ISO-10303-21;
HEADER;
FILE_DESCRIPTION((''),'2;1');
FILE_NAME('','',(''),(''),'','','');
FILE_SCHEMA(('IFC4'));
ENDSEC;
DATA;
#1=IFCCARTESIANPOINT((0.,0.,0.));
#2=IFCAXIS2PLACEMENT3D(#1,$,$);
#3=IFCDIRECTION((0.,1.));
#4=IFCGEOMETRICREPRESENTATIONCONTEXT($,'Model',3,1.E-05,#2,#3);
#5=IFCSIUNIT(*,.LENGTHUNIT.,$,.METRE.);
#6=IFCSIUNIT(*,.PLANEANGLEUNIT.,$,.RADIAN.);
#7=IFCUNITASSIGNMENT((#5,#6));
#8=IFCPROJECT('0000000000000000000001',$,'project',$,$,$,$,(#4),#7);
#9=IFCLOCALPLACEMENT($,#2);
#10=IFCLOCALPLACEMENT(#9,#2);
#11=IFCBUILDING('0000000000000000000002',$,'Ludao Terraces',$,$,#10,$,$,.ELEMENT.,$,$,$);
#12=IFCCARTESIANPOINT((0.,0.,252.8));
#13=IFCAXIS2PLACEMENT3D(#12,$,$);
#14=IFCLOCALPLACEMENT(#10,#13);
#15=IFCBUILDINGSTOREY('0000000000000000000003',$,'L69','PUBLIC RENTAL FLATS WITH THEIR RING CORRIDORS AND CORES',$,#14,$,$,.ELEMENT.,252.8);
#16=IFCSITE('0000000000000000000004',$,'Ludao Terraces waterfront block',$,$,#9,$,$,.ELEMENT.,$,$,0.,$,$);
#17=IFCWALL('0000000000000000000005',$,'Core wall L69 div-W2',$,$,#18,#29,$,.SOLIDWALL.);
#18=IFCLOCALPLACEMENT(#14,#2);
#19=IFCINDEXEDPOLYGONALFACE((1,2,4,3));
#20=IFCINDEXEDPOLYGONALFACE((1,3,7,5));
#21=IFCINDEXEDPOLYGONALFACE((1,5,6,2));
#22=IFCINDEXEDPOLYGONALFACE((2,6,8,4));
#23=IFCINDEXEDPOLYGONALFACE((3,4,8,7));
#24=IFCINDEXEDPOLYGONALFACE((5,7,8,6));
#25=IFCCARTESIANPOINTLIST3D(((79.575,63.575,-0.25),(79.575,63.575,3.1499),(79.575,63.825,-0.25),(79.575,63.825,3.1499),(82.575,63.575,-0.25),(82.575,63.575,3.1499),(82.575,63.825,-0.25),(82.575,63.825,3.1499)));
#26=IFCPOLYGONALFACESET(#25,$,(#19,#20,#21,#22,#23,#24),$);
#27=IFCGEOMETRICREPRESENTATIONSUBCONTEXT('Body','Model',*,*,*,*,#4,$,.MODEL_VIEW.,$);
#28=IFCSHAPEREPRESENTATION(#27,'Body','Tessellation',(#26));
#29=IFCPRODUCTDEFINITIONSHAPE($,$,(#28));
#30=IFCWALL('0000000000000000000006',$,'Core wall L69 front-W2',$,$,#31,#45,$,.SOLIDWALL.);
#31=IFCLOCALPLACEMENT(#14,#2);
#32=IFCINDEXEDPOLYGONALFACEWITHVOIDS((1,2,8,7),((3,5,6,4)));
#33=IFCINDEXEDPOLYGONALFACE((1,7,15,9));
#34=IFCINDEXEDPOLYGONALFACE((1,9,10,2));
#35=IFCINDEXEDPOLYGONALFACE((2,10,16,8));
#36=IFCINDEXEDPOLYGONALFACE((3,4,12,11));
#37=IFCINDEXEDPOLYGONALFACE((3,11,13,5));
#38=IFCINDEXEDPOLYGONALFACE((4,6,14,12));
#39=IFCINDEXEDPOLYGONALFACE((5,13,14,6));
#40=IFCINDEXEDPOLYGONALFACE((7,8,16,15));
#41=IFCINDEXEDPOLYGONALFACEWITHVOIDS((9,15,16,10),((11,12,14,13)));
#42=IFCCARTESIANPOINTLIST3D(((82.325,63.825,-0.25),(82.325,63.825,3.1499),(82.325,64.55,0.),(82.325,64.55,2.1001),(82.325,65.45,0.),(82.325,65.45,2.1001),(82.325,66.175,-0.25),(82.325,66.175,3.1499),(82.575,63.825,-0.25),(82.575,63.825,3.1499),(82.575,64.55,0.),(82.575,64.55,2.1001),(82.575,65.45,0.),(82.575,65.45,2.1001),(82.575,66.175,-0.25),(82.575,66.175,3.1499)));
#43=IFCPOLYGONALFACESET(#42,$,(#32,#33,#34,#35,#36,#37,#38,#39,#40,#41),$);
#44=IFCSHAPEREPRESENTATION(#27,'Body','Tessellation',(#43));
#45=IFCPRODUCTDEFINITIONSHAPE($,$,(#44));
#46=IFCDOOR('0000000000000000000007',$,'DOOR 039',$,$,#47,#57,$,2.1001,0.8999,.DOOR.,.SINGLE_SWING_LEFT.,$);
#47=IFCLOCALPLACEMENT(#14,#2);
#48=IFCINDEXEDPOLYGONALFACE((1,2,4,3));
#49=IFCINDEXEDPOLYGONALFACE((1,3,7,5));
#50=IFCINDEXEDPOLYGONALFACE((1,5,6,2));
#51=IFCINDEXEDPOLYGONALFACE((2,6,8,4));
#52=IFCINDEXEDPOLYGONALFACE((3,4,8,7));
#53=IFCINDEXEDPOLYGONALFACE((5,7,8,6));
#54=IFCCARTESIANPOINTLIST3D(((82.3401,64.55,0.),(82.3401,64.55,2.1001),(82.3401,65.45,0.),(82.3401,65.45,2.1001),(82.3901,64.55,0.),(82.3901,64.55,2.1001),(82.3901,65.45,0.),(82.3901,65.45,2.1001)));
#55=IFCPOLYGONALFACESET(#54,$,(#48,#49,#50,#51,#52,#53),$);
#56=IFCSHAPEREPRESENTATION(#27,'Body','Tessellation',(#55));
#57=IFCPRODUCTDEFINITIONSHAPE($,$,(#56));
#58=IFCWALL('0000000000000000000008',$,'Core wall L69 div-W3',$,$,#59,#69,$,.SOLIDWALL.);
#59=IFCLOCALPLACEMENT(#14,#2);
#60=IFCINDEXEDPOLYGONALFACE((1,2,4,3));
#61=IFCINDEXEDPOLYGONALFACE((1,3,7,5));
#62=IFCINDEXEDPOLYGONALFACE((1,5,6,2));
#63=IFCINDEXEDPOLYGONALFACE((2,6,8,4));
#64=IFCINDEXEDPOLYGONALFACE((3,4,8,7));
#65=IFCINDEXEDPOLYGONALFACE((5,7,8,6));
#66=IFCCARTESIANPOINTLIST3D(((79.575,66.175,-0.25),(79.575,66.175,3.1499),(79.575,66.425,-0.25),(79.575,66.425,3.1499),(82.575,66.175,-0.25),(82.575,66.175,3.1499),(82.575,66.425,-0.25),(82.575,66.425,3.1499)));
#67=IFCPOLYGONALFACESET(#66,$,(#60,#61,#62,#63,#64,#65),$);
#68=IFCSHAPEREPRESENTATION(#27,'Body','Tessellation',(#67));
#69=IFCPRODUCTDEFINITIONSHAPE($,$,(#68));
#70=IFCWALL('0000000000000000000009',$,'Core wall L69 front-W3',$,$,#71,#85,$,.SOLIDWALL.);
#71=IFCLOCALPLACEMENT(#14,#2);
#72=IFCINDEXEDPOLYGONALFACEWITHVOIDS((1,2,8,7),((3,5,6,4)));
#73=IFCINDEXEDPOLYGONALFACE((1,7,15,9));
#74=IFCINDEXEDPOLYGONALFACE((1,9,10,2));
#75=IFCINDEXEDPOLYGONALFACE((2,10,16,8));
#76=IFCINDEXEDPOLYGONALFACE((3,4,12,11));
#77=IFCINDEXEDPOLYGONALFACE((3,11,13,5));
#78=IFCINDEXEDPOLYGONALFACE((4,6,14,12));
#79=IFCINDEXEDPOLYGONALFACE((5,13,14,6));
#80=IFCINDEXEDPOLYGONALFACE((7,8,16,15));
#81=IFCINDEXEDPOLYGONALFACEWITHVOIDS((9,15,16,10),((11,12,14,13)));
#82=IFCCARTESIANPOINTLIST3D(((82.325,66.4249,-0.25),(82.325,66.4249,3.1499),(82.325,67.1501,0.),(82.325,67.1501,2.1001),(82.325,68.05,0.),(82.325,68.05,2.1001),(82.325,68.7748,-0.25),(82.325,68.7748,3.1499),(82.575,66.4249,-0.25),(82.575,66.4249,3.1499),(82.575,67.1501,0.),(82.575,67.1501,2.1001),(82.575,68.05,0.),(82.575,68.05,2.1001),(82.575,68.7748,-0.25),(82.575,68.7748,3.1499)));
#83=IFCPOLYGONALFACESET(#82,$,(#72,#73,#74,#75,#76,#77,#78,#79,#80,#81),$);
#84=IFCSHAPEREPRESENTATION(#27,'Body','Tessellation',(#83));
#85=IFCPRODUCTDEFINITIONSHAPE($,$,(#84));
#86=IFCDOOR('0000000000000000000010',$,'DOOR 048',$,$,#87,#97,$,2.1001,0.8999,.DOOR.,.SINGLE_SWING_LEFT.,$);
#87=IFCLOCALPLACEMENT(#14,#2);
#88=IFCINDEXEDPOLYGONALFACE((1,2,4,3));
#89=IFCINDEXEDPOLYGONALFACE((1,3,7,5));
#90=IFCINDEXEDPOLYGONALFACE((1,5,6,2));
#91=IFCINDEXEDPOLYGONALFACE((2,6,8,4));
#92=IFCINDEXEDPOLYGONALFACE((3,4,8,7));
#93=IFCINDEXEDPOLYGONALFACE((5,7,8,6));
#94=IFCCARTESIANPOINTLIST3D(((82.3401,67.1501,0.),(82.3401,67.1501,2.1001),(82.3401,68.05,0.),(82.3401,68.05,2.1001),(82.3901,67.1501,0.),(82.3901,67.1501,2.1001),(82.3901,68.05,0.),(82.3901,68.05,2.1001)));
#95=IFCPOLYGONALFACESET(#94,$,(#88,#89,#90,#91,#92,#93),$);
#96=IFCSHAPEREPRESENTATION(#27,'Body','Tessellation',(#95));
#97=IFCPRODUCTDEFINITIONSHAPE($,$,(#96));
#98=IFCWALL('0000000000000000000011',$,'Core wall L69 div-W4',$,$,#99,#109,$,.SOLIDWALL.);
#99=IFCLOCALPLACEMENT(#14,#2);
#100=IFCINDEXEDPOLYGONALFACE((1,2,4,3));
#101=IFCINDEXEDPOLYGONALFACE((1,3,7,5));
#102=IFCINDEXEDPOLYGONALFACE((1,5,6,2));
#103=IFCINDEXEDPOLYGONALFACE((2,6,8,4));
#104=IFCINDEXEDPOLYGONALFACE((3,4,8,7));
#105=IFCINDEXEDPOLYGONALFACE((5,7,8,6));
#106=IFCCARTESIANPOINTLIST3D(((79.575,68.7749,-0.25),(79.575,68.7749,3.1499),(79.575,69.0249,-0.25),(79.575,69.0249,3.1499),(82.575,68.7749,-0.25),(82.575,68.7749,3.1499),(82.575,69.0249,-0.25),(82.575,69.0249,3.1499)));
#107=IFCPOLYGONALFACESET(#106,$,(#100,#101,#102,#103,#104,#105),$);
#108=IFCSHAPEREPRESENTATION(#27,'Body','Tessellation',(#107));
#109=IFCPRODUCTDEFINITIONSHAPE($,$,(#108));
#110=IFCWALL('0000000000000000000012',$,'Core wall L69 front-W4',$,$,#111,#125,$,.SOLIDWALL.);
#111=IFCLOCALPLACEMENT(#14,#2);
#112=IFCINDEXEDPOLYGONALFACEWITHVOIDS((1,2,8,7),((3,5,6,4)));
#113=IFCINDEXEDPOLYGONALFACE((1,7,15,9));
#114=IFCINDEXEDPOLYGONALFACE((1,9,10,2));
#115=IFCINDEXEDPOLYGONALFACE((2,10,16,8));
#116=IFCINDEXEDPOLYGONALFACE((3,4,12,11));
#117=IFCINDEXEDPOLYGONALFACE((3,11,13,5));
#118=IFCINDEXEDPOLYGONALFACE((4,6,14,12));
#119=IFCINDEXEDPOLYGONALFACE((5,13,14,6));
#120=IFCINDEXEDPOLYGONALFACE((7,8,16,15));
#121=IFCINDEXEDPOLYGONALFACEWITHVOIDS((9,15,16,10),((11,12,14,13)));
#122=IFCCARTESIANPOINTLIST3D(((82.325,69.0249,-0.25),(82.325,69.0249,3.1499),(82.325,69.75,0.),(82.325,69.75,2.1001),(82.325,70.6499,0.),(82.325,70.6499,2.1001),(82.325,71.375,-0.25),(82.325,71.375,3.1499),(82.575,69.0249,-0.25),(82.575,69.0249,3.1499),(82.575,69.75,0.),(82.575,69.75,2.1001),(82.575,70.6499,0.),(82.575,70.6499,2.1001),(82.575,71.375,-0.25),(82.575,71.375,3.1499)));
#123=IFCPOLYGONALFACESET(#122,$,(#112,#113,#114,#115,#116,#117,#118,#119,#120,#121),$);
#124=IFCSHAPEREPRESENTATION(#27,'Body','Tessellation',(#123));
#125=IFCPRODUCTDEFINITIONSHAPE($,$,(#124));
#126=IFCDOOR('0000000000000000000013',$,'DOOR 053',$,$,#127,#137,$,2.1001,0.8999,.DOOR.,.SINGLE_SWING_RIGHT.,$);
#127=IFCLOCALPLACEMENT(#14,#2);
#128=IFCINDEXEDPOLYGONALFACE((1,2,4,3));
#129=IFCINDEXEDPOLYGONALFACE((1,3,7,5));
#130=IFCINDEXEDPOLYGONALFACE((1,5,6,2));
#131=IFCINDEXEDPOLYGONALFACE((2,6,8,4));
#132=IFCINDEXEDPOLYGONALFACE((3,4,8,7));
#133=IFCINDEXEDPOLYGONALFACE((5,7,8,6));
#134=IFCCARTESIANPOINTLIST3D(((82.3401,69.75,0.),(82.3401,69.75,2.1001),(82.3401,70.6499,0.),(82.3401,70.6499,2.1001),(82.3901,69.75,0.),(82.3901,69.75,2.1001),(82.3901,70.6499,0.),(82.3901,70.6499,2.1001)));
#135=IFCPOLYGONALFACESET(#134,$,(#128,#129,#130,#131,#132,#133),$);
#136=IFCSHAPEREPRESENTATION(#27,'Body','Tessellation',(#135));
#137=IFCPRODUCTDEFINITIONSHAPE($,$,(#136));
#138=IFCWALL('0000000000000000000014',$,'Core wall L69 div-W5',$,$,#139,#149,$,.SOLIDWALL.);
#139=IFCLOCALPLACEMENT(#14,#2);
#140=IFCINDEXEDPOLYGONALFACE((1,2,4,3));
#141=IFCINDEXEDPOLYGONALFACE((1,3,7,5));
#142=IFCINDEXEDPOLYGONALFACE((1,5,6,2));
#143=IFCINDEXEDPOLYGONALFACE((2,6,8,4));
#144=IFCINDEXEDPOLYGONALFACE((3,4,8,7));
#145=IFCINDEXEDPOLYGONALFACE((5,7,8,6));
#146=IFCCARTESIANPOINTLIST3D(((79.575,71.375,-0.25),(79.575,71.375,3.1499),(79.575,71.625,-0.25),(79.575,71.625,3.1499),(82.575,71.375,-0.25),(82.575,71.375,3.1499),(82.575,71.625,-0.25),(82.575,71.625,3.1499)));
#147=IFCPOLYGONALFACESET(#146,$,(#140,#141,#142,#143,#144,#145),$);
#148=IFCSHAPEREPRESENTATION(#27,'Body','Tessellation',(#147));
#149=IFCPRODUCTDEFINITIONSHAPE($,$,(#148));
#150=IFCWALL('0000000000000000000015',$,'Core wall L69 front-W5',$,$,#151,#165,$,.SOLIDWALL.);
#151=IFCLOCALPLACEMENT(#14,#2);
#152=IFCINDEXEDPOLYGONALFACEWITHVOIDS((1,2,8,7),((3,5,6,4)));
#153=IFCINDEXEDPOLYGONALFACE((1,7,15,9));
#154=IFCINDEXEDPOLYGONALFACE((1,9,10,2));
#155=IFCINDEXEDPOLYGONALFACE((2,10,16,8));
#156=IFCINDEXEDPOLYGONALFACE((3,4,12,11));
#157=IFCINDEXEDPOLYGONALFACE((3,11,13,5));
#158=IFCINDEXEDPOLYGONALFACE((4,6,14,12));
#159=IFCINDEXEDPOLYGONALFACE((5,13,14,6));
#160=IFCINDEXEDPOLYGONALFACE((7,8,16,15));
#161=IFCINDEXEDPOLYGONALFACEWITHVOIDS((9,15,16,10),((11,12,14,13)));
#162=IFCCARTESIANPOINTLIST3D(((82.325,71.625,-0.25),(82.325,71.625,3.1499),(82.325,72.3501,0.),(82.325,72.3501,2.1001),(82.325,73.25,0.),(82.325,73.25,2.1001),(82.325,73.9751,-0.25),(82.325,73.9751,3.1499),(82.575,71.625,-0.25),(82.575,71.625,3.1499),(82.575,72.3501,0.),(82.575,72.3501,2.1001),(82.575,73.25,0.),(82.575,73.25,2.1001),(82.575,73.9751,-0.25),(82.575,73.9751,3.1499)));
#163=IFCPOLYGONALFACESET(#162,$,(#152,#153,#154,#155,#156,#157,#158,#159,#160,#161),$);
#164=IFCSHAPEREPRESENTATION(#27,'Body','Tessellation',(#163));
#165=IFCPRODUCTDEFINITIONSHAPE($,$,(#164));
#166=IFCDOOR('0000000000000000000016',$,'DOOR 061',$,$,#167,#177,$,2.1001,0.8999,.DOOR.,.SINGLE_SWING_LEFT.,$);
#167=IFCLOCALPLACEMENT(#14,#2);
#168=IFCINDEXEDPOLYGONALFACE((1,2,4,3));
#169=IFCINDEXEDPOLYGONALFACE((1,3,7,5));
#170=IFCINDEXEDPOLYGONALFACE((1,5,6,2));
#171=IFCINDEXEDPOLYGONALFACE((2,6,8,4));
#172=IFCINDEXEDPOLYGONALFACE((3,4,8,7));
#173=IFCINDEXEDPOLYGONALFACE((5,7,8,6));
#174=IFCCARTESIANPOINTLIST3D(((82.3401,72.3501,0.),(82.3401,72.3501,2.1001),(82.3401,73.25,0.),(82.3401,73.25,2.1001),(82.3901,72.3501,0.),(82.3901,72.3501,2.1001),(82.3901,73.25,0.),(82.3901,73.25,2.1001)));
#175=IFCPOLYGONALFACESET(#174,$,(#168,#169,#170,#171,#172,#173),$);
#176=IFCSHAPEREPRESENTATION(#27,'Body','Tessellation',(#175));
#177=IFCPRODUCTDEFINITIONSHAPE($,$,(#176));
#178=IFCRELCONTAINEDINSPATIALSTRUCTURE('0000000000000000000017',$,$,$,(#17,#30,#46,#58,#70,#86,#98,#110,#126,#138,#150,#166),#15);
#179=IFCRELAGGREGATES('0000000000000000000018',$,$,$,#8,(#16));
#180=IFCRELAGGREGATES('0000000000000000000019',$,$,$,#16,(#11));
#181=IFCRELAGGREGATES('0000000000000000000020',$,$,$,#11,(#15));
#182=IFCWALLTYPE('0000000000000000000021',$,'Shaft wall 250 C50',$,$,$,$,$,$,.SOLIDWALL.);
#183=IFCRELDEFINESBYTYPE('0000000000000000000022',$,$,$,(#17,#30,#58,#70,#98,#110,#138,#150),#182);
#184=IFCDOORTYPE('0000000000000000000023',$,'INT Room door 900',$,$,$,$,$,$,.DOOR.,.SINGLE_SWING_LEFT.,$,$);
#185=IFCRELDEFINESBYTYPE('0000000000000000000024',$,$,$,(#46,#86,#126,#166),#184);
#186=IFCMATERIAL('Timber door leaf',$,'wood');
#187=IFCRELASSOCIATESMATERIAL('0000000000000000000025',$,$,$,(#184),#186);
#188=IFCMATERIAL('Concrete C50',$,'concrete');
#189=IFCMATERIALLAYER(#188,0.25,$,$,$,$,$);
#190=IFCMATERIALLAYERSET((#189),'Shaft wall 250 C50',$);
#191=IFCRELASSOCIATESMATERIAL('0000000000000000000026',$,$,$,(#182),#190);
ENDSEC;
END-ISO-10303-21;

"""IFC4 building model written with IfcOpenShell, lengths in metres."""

from ifc_helpers import new_model, si_unit, direction, frame, frame_2d, origin, place, context, subcontext, project, spatial, rectangle, extrude, material, layer, layer_set, type_object, element, fill, save


model = new_model("IFC4")

# Units and contexts
model_context = context("Model", 3, precision=1e-05, world=origin(), true_north=direction((0.0, 1.0)))
body_context = subcontext(model_context, "Body", "Model", "MODEL_VIEW")
ifc_project = project(units=[si_unit("LENGTHUNIT", "METRE"), si_unit("PLANEANGLEUNIT", "RADIAN")], contexts=[model_context])

# Site, building, storey
site_placement = place(None, origin())
site = spatial("IfcSite", under=ifc_project, at=site_placement, Name="Ludao Terraces waterfront block", CompositionType="ELEMENT", RefElevation=0.0)
building_placement = place(site_placement, origin())
building = spatial("IfcBuilding", under=site, at=building_placement, Name="Ludao Terraces", CompositionType="ELEMENT")
storey_placement = place(building_placement, frame((0.0, 0.0, 252.8)))
storey = spatial("IfcBuildingStorey", under=building, at=storey_placement, Name="L69", Description="PUBLIC RENTAL FLATS WITH THEIR RING CORRIDORS AND CORES", CompositionType="ELEMENT", Elevation=252.8)

# Shared definitions
ifc_material_1 = material(Name="Timber door leaf", Category="wood")
door_type_1 = type_object("IfcDoorType", Name="INT Room door 900", OperationType="SINGLE_SWING_LEFT", PredefinedType="DOOR", material=ifc_material_1)

# Wall
ifc_material_2 = material(Name="Concrete C50", Category="concrete")
ifc_layer_1 = layer(ifc_material_2, 0.25)
ifc_layer_set_1 = layer_set([ifc_layer_1], Name="Shaft wall 250 C50")
wall_type_1 = type_object("IfcWallType", Name="Shaft wall 250 C50", PredefinedType="SOLIDWALL", material=ifc_layer_set_1)
wall_1_placement = place(storey_placement, frame((79.575, 63.7, -0.25), z_axis=(0.0, 0.0, 1.0), x_axis=(1.0, 0.0, 0.0)))
element("IfcWall", 1, at=wall_1_placement, inside=storey, type_object=wall_type_1, Name="Core wall L69 div-W2", PredefinedType="SOLIDWALL", context=body_context, shape_type="SweptSolid", body=[
    extrude(rectangle(XDim=3.0, YDim=0.25, at=frame_2d((1.5, 0.0))), origin(), (0.0, 0.0, 1.0), 3.3999),
])

# Wall, opening, door
wall_2_placement = place(storey_placement, frame((82.45, 63.825, -0.25), z_axis=(0.0, 0.0, 1.0), x_axis=(0.0, 1.0, 0.0)))
wall_2 = element("IfcWall", 2, at=wall_2_placement, inside=storey, type_object=wall_type_1, Name="Core wall L69 front-W2", PredefinedType="SOLIDWALL", context=body_context, shape_type="SweptSolid", body=[
    extrude(rectangle(XDim=2.3501, YDim=0.25, at=frame_2d((1.175, 0.0))), origin(), (0.0, 0.0, 1.0), 3.3999),
])
opening_1_placement = place(wall_2_placement, frame((0.7251, 0.0, 0.25)))
opening_1 = element("IfcOpeningElement", 3, at=opening_1_placement, cuts=wall_2, PredefinedType="OPENING", context=body_context, shape_type="SweptSolid", body=[
    extrude(rectangle(XDim=0.8999, YDim=2.1001, at=frame_2d((0.45, 1.05))), frame((0.0, 0.135, 0.0), z_axis=(0.0, -1.0, 0.0), x_axis=(1.0, 0.0, 0.0)), (0.0, 0.0, 1.0), 0.27),
])
door_1_placement = place(opening_1_placement, origin())
door_1 = element("IfcDoor", 4, at=door_1_placement, inside=storey, type_object=door_type_1, Name="DOOR 039", OperationType="SINGLE_SWING_LEFT", OverallHeight=2.1001, OverallWidth=0.8999, PredefinedType="DOOR", context=body_context, shape_type="SweptSolid", body=[
    extrude(rectangle(XDim=0.8999, YDim=2.1001, at=frame_2d((0.45, 1.05))), frame((0.0, 0.1099, 0.0), z_axis=(0.0, -1.0, 0.0), x_axis=(1.0, 0.0, 0.0)), (0.0, 0.0, 1.0), 0.05),
])
fill(opening_1, door_1)

# Wall
wall_3_placement = place(storey_placement, frame((79.575, 66.3, -0.25), z_axis=(0.0, 0.0, 1.0), x_axis=(1.0, 0.0, 0.0)))
element("IfcWall", 5, at=wall_3_placement, inside=storey, type_object=wall_type_1, Name="Core wall L69 div-W3", PredefinedType="SOLIDWALL", context=body_context, shape_type="SweptSolid", body=[
    extrude(rectangle(XDim=3.0, YDim=0.25, at=frame_2d((1.5, 0.0))), origin(), (0.0, 0.0, 1.0), 3.3999),
])

# Wall, opening, door
wall_4_placement = place(storey_placement, frame((82.45, 66.425, -0.25), z_axis=(0.0, 0.0, 1.0), x_axis=(0.0, 1.0, 0.0)))
wall_4 = element("IfcWall", 6, at=wall_4_placement, inside=storey, type_object=wall_type_1, Name="Core wall L69 front-W3", PredefinedType="SOLIDWALL", context=body_context, shape_type="SweptSolid", body=[
    extrude(rectangle(XDim=2.3499, YDim=0.25, at=frame_2d((1.1748, 0.0))), origin(), (0.0, 0.0, 1.0), 3.3999),
])
opening_2_placement = place(wall_4_placement, frame((0.7251, 0.0, 0.25)))
opening_2 = element("IfcOpeningElement", 7, at=opening_2_placement, cuts=wall_4, PredefinedType="OPENING", context=body_context, shape_type="SweptSolid", body=[
    extrude(rectangle(XDim=0.8999, YDim=2.1001, at=frame_2d((0.45, 1.05))), frame((0.0, 0.135, 0.0), z_axis=(0.0, -1.0, 0.0), x_axis=(1.0, 0.0, 0.0)), (0.0, 0.0, 1.0), 0.27),
])
door_2_placement = place(opening_2_placement, origin())
door_2 = element("IfcDoor", 8, at=door_2_placement, inside=storey, type_object=door_type_1, Name="DOOR 048", OperationType="SINGLE_SWING_LEFT", OverallHeight=2.1001, OverallWidth=0.8999, PredefinedType="DOOR", context=body_context, shape_type="SweptSolid", body=[
    extrude(rectangle(XDim=0.8999, YDim=2.1001, at=frame_2d((0.45, 1.05))), frame((0.0, 0.1099, 0.0), z_axis=(0.0, -1.0, 0.0), x_axis=(1.0, 0.0, 0.0)), (0.0, 0.0, 1.0), 0.05),
])
fill(opening_2, door_2)

# Wall
wall_5_placement = place(storey_placement, frame((79.575, 68.8999, -0.25), z_axis=(0.0, 0.0, 1.0), x_axis=(1.0, 0.0, 0.0)))
element("IfcWall", 9, at=wall_5_placement, inside=storey, type_object=wall_type_1, Name="Core wall L69 div-W4", PredefinedType="SOLIDWALL", context=body_context, shape_type="SweptSolid", body=[
    extrude(rectangle(XDim=3.0, YDim=0.25, at=frame_2d((1.5, 0.0))), origin(), (0.0, 0.0, 1.0), 3.3999),
])

# Wall, opening, door
wall_6_placement = place(storey_placement, frame((82.45, 69.0249, -0.25), z_axis=(0.0, 0.0, 1.0), x_axis=(0.0, 1.0, 0.0)))
wall_6 = element("IfcWall", 10, at=wall_6_placement, inside=storey, type_object=wall_type_1, Name="Core wall L69 front-W4", PredefinedType="SOLIDWALL", context=body_context, shape_type="SweptSolid", body=[
    extrude(rectangle(XDim=2.3501, YDim=0.25, at=frame_2d((1.175, 0.0))), origin(), (0.0, 0.0, 1.0), 3.3999),
])
opening_3_placement = place(wall_6_placement, frame((0.7251, 0.0, 0.25)))
opening_3 = element("IfcOpeningElement", 11, at=opening_3_placement, cuts=wall_6, PredefinedType="OPENING", context=body_context, shape_type="SweptSolid", body=[
    extrude(rectangle(XDim=0.8999, YDim=2.1001, at=frame_2d((0.45, 1.05))), frame((0.0, 0.135, 0.0), z_axis=(0.0, -1.0, 0.0), x_axis=(1.0, 0.0, 0.0)), (0.0, 0.0, 1.0), 0.27),
])
door_3_placement = place(opening_3_placement, origin())
door_3 = element("IfcDoor", 12, at=door_3_placement, inside=storey, type_object=door_type_1, Name="DOOR 053", OperationType="SINGLE_SWING_RIGHT", OverallHeight=2.1001, OverallWidth=0.8999, PredefinedType="DOOR", context=body_context, shape_type="SweptSolid", body=[
    extrude(rectangle(XDim=0.8999, YDim=2.1001, at=frame_2d((0.45, 1.05))), frame((0.0, 0.1099, 0.0), z_axis=(0.0, -1.0, 0.0), x_axis=(1.0, 0.0, 0.0)), (0.0, 0.0, 1.0), 0.05),
])
fill(opening_3, door_3)

# Wall
wall_7_placement = place(storey_placement, frame((79.575, 71.5, -0.25), z_axis=(0.0, 0.0, 1.0), x_axis=(1.0, 0.0, 0.0)))
element("IfcWall", 13, at=wall_7_placement, inside=storey, type_object=wall_type_1, Name="Core wall L69 div-W5", PredefinedType="SOLIDWALL", context=body_context, shape_type="SweptSolid", body=[
    extrude(rectangle(XDim=3.0, YDim=0.25, at=frame_2d((1.5, 0.0))), origin(), (0.0, 0.0, 1.0), 3.3999),
])

# Wall, opening, door
wall_8_placement = place(storey_placement, frame((82.45, 71.625, -0.25), z_axis=(0.0, 0.0, 1.0), x_axis=(0.0, 1.0, 0.0)))
wall_8 = element("IfcWall", 14, at=wall_8_placement, inside=storey, type_object=wall_type_1, Name="Core wall L69 front-W5", PredefinedType="SOLIDWALL", context=body_context, shape_type="SweptSolid", body=[
    extrude(rectangle(XDim=2.3501, YDim=0.25, at=frame_2d((1.175, 0.0))), origin(), (0.0, 0.0, 1.0), 3.3999),
])
opening_4_placement = place(wall_8_placement, frame((0.7251, 0.0, 0.25)))
opening_4 = element("IfcOpeningElement", 15, at=opening_4_placement, cuts=wall_8, PredefinedType="OPENING", context=body_context, shape_type="SweptSolid", body=[
    extrude(rectangle(XDim=0.8999, YDim=2.1001, at=frame_2d((0.45, 1.05))), frame((0.0, 0.135, 0.0), z_axis=(0.0, -1.0, 0.0), x_axis=(1.0, 0.0, 0.0)), (0.0, 0.0, 1.0), 0.27),
])
door_4_placement = place(opening_4_placement, origin())
door_4 = element("IfcDoor", 16, at=door_4_placement, inside=storey, type_object=door_type_1, Name="DOOR 061", OperationType="SINGLE_SWING_LEFT", OverallHeight=2.1001, OverallWidth=0.8999, PredefinedType="DOOR", context=body_context, shape_type="SweptSolid", body=[
    extrude(rectangle(XDim=0.8999, YDim=2.1001, at=frame_2d((0.45, 1.05))), frame((0.0, 0.1099, 0.0), z_axis=(0.0, -1.0, 0.0), x_axis=(1.0, 0.0, 0.0)), (0.0, 0.0, 1.0), 0.05),
])
fill(opening_4, door_4)

save(model, "model.ifc")
